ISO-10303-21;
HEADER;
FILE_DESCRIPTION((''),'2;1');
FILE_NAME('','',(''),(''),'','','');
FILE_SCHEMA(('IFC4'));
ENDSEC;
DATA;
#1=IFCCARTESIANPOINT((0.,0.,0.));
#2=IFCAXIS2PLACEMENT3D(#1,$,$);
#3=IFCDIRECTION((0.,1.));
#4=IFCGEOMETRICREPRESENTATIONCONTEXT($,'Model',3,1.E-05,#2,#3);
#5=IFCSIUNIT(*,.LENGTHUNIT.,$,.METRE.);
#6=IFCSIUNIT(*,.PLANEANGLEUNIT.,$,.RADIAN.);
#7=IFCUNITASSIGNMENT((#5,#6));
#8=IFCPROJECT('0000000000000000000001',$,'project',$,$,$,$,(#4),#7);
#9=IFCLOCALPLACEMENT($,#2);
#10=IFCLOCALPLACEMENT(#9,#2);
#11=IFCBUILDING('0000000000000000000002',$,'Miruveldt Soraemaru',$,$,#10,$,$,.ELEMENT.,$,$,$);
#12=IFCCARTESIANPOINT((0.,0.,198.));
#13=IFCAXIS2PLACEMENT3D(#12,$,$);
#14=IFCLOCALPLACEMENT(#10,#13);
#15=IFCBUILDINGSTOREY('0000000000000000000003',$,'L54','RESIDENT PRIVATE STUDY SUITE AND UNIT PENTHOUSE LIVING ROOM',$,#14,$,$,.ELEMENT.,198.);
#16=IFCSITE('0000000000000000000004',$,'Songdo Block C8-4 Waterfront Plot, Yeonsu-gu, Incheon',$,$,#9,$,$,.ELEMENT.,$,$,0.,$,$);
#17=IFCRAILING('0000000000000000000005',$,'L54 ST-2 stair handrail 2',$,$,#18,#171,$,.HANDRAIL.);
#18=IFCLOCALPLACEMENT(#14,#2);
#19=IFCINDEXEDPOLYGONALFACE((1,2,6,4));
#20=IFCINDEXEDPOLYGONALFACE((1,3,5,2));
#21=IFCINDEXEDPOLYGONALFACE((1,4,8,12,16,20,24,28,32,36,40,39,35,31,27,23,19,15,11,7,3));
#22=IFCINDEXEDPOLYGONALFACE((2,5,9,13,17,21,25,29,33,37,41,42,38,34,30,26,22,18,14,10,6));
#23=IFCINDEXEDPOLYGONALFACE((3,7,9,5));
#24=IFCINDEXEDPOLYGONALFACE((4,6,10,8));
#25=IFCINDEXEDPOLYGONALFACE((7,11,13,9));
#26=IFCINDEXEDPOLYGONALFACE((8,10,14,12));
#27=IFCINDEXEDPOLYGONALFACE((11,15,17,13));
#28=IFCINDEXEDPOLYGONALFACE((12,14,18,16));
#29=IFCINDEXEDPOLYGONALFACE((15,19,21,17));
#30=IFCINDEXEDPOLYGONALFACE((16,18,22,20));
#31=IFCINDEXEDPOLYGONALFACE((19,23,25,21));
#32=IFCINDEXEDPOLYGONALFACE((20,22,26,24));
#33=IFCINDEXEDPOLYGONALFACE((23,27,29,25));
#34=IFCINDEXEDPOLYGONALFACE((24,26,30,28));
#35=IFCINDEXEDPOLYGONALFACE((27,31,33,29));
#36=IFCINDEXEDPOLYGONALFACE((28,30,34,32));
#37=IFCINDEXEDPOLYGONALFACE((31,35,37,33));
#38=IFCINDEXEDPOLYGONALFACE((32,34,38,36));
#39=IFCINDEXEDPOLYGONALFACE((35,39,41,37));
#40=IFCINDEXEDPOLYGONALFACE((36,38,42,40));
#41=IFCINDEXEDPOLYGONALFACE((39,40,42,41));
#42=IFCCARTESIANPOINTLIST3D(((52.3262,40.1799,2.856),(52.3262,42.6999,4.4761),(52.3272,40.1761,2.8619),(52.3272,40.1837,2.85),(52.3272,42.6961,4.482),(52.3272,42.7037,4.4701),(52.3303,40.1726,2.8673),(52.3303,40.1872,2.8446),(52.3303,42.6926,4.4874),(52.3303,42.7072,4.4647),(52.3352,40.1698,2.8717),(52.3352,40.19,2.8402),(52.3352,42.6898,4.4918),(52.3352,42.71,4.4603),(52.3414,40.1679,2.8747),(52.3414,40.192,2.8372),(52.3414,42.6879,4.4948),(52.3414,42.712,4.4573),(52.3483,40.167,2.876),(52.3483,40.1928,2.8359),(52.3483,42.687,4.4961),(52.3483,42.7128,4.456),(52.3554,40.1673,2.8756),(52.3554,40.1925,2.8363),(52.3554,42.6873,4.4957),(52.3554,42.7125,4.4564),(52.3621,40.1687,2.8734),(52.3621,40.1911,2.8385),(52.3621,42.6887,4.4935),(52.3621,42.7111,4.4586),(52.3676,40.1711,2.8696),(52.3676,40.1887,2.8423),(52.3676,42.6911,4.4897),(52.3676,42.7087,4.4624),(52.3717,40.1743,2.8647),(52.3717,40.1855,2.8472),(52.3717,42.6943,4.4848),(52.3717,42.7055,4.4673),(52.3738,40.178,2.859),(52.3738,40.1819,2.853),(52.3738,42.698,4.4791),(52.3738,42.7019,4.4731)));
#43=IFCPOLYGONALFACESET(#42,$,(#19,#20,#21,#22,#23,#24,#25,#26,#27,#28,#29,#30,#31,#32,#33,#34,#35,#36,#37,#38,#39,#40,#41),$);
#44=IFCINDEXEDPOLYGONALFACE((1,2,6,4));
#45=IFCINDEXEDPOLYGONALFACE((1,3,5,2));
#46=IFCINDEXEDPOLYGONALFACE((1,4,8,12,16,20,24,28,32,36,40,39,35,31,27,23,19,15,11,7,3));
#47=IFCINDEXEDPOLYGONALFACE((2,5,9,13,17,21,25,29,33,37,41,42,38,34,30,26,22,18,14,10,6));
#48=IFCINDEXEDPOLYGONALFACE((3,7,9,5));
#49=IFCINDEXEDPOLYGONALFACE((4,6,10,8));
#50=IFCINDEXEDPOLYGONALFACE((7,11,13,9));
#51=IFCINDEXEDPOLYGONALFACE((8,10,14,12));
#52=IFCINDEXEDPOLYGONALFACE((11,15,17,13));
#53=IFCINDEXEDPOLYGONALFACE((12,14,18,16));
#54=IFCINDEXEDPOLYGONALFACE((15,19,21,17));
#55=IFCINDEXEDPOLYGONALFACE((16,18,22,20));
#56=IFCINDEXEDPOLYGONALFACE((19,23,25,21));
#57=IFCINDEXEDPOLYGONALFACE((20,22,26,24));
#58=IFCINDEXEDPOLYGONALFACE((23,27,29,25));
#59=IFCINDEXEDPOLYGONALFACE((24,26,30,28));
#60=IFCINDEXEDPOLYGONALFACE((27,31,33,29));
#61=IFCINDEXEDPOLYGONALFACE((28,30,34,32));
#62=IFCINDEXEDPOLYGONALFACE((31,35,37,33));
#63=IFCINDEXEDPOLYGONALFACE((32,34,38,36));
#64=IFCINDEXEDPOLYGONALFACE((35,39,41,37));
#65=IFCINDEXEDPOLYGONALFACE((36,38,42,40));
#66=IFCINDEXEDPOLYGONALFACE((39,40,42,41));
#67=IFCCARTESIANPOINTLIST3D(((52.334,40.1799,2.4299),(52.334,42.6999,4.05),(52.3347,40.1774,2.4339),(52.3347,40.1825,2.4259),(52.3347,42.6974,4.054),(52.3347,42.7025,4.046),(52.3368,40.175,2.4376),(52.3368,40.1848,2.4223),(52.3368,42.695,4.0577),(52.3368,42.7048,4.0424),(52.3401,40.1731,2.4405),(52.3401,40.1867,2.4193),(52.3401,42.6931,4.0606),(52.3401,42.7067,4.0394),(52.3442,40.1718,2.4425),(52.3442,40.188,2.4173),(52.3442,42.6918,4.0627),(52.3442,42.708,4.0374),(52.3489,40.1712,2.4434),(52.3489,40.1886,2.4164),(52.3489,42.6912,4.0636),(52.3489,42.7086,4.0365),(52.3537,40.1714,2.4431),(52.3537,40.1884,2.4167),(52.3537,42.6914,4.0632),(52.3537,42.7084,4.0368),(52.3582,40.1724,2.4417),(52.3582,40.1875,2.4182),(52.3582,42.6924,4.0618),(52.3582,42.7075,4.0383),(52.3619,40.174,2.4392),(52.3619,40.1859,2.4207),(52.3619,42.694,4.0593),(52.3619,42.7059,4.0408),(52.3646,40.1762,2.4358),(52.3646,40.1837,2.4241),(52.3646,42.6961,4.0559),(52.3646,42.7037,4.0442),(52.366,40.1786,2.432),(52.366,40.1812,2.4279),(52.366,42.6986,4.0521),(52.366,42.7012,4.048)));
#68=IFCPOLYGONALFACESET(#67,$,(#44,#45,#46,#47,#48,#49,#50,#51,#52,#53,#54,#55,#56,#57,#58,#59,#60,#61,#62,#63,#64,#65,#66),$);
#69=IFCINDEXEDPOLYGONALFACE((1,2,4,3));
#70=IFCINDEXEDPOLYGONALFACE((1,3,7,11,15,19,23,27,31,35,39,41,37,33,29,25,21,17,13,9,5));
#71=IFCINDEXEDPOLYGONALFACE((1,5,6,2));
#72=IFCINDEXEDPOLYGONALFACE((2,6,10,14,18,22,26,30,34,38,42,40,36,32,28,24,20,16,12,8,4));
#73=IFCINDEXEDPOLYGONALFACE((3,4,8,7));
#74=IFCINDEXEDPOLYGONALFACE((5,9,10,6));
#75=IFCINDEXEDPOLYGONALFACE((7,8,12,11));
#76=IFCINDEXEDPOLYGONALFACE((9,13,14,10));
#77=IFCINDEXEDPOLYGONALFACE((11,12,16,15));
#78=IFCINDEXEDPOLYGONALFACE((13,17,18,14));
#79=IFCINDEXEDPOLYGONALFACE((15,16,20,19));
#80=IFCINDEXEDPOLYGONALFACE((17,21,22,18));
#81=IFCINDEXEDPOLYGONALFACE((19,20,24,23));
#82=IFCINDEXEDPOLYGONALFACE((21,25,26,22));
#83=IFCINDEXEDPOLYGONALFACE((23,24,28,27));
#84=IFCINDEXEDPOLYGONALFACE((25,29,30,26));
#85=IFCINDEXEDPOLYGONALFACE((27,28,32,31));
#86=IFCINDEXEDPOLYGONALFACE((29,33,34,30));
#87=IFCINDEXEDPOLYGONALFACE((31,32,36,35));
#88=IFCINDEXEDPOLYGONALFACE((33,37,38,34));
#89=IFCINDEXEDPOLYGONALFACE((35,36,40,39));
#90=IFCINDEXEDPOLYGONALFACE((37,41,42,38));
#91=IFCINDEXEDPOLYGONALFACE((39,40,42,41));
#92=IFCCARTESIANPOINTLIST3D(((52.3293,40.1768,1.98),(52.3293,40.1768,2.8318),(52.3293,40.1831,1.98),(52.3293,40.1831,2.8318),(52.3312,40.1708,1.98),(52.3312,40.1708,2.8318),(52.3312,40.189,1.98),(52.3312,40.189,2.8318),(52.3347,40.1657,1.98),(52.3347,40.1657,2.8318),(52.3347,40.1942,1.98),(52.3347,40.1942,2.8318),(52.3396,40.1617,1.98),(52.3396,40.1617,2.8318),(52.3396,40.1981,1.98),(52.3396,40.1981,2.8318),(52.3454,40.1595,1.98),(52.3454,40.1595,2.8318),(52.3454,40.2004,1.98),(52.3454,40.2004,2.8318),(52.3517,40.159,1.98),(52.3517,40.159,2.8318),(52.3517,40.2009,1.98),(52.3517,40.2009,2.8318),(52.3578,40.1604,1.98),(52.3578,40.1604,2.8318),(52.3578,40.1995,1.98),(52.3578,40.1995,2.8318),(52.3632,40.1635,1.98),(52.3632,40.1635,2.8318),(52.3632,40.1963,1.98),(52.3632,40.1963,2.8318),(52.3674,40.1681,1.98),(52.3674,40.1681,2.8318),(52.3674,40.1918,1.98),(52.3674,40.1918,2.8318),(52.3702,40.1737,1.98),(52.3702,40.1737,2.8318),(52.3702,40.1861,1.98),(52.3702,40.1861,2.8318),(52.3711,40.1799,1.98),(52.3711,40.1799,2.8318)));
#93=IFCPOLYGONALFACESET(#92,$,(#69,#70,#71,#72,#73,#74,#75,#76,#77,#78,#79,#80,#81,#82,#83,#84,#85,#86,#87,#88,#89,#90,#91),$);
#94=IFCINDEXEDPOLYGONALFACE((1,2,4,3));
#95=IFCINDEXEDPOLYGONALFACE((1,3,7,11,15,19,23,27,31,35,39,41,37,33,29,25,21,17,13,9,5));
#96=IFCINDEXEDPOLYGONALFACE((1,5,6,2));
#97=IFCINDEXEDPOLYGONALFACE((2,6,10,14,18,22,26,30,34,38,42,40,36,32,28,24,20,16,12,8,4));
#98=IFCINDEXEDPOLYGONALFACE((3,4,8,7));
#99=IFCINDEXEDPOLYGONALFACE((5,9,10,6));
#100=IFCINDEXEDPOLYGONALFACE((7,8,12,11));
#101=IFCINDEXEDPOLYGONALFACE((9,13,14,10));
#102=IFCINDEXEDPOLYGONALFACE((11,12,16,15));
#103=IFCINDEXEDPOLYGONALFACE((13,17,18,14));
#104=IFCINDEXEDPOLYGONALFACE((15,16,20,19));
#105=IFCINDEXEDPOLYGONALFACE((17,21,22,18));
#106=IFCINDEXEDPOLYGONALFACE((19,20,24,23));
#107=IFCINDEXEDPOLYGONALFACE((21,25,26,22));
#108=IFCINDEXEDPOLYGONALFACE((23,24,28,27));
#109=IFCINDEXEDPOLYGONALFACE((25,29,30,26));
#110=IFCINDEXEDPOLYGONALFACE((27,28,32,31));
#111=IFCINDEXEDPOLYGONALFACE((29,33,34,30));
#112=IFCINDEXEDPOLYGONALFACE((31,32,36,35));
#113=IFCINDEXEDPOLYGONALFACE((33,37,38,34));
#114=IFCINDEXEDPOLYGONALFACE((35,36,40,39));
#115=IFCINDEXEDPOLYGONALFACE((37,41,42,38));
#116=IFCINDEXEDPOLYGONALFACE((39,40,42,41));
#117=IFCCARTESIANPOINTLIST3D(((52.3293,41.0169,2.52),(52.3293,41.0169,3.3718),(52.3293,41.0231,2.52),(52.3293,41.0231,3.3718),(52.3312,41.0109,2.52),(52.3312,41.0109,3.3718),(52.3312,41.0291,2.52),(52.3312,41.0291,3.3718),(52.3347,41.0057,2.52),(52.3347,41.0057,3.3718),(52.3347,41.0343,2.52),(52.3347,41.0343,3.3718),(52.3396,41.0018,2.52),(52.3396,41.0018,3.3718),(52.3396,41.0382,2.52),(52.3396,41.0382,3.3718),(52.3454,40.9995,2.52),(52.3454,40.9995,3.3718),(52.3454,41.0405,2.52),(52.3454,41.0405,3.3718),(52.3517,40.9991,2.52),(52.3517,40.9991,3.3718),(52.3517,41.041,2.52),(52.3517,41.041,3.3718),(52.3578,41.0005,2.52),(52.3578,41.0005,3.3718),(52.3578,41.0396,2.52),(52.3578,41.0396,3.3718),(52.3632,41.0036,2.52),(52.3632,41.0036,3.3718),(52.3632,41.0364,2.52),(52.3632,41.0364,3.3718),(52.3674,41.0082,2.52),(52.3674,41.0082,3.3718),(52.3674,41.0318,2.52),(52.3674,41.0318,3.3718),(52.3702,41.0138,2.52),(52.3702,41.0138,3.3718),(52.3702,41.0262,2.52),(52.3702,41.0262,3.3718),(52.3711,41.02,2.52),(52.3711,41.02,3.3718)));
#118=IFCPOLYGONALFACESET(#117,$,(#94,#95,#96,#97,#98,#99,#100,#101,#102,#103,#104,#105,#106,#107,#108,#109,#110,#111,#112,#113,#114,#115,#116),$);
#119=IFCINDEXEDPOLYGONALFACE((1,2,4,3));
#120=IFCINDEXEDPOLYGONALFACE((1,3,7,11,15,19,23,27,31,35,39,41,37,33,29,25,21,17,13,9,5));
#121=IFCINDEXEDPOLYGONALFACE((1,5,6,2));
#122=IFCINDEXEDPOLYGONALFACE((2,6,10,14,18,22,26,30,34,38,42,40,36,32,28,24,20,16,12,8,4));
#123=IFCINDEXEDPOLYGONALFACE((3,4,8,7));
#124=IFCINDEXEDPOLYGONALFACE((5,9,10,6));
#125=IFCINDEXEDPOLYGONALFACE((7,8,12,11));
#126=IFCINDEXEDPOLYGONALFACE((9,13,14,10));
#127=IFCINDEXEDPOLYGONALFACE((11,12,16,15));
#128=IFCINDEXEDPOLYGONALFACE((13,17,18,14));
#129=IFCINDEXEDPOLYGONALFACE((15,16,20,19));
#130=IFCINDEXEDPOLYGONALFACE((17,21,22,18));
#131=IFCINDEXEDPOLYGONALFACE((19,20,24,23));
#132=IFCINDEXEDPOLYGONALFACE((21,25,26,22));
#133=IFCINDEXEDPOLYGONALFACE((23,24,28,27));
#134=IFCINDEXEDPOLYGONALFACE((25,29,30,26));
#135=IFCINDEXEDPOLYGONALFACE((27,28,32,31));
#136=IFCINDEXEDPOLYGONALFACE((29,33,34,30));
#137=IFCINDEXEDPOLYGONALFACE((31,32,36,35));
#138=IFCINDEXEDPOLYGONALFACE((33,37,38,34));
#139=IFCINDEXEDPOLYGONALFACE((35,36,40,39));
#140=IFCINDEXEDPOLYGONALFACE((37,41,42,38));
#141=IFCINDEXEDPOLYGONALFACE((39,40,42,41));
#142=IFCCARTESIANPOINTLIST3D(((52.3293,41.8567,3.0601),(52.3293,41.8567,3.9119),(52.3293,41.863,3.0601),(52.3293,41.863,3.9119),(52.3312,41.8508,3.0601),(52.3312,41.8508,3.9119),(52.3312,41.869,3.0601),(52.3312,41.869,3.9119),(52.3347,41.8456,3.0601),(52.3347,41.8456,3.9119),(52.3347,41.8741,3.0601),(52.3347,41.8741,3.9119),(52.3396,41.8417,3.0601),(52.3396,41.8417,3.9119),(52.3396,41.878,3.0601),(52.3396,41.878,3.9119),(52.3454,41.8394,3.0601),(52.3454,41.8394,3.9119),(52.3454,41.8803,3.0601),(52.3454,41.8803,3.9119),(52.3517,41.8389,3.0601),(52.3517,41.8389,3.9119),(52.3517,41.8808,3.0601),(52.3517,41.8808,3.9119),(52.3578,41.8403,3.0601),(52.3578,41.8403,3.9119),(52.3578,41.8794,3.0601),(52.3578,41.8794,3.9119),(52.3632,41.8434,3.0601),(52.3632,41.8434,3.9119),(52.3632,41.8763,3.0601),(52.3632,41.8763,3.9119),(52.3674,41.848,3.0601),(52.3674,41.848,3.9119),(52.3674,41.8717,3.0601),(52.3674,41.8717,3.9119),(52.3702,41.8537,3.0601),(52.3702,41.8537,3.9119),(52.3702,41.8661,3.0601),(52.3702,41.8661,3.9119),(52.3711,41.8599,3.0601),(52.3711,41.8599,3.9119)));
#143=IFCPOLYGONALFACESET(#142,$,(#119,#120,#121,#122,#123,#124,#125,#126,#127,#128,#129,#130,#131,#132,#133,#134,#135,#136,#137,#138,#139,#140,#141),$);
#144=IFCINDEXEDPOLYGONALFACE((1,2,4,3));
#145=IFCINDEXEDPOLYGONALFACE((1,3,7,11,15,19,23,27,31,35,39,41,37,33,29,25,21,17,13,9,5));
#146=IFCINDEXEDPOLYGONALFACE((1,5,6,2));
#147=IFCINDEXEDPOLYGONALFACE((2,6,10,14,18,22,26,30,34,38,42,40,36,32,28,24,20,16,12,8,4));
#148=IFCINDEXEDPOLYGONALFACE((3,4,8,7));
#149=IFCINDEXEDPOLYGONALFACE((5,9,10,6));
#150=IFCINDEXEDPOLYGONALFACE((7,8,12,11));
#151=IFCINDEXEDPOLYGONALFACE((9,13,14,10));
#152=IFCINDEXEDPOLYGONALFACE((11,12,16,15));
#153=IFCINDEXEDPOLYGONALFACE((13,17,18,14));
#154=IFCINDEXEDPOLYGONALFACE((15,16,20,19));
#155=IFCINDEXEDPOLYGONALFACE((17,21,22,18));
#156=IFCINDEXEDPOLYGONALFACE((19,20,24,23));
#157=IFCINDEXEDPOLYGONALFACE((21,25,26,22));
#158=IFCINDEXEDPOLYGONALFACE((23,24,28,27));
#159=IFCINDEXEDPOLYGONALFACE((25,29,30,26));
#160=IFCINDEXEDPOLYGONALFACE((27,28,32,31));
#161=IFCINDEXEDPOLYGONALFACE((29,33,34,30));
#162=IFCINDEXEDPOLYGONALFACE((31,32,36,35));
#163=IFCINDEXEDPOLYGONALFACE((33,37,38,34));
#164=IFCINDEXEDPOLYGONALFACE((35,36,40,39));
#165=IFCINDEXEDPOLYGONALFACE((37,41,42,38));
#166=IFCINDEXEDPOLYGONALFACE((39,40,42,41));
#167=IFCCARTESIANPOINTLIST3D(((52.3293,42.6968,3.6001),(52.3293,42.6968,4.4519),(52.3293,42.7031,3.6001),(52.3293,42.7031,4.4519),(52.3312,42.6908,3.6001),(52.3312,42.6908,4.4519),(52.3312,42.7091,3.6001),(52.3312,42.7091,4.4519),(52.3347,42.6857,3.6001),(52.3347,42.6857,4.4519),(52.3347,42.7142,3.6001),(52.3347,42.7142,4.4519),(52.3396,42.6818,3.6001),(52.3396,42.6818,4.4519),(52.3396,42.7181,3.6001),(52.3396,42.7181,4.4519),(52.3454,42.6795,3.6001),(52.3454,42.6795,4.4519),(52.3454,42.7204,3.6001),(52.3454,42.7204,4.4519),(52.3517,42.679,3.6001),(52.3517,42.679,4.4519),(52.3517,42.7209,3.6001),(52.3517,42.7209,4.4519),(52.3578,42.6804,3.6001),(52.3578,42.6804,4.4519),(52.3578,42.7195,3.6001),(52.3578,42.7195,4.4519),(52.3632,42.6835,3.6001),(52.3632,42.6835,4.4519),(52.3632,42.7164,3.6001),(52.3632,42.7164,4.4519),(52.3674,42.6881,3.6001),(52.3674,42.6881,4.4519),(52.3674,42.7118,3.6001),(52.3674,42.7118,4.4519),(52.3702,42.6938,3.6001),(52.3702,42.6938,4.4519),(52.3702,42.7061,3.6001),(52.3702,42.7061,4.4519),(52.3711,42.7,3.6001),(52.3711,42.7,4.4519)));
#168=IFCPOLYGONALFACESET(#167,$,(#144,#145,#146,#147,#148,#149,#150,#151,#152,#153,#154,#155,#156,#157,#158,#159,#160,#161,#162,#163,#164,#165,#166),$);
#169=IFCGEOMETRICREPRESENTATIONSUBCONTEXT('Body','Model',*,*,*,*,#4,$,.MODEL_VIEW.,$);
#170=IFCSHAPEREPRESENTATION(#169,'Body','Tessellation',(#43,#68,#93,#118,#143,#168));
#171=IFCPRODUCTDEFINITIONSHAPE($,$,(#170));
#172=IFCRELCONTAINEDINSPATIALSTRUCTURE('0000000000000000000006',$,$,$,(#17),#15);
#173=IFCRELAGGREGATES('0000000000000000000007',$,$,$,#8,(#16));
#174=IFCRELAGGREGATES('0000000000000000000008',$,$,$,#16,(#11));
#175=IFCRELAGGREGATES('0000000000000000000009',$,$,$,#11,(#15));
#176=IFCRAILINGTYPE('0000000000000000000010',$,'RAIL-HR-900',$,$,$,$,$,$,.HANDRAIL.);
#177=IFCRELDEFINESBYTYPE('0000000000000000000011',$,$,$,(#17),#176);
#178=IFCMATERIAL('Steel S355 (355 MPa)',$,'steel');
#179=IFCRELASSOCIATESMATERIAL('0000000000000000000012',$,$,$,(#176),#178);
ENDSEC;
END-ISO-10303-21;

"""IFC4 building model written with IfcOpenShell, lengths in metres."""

from ifc_helpers import new_model, si_unit, direction, frame, origin, origin_2d, place, context, subcontext, project, spatial, circle, extrude, material, type_object, element, save


model = new_model("IFC4")

# Units and contexts
model_context = context("Model", 3, precision=1e-05, world=origin(), true_north=direction((0.0, 1.0)))
body_context = subcontext(model_context, "Body", "Model", "MODEL_VIEW")
ifc_project = project(units=[si_unit("LENGTHUNIT", "METRE"), si_unit("PLANEANGLEUNIT", "RADIAN")], contexts=[model_context])

# Site, building, storey
site_placement = place(None, origin())
site = spatial("IfcSite", under=ifc_project, at=site_placement, Name="Songdo Block C8-4 Waterfront Plot, Yeonsu-gu, Incheon", CompositionType="ELEMENT", RefElevation=0.0)
building_placement = place(site_placement, origin())
building = spatial("IfcBuilding", under=site, at=building_placement, Name="Miruveldt Soraemaru", CompositionType="ELEMENT")
storey_placement = place(building_placement, frame((0.0, 0.0, 198.0)))
storey = spatial("IfcBuildingStorey", under=building, at=storey_placement, Name="L54", Description="RESIDENT PRIVATE STUDY SUITE AND UNIT PENTHOUSE LIVING ROOM", CompositionType="ELEMENT", Elevation=198.0)

# Railing
ifc_material_1 = material(Name="Steel S355 (355 MPa)", Category="steel")
railing_type = type_object("IfcRailingType", Name="RAIL-HR-900", PredefinedType="HANDRAIL", material=ifc_material_1)
railing_placement = place(storey_placement, frame((52.3501, 40.1799, 1.98)))
element("IfcRailing", 1, at=railing_placement, inside=storey, type_object=railing_type, Name="L54 ST-2 stair handrail 2", PredefinedType="HANDRAIL", context=body_context, shape_type="SweptSolid", body=[
    extrude(circle(Radius=0.0239, at=origin_2d()), frame((0.0, 0.0, 0.876), z_axis=(0.0, 0.841163, 0.540782), x_axis=(-1.0, 0.0, 0.0)), (0.0, 0.0, 1.0), 2.9958),
    extrude(circle(Radius=0.0161, at=origin_2d()), frame((0.0, 0.0, 0.45), z_axis=(0.0, 0.841163, 0.540782), x_axis=(-1.0, 0.0, 0.0)), (0.0, 0.0, 1.0), 2.9958),
    extrude(circle(Radius=0.021, at=origin_2d()), origin(), (0.0, 0.0, 1.0), 0.8518),
    extrude(circle(Radius=0.021, at=origin_2d()), frame((0.0, 0.8401, 0.54)), (0.0, 0.0, 1.0), 0.8518),
    extrude(circle(Radius=0.021, at=origin_2d()), frame((0.0, 1.6799, 1.0801)), (0.0, 0.0, 1.0), 0.8518),
    extrude(circle(Radius=0.021, at=origin_2d()), frame((0.0, 2.52, 1.6201)), (0.0, 0.0, 1.0), 0.8518),
])

save(model, "model.ifc")
